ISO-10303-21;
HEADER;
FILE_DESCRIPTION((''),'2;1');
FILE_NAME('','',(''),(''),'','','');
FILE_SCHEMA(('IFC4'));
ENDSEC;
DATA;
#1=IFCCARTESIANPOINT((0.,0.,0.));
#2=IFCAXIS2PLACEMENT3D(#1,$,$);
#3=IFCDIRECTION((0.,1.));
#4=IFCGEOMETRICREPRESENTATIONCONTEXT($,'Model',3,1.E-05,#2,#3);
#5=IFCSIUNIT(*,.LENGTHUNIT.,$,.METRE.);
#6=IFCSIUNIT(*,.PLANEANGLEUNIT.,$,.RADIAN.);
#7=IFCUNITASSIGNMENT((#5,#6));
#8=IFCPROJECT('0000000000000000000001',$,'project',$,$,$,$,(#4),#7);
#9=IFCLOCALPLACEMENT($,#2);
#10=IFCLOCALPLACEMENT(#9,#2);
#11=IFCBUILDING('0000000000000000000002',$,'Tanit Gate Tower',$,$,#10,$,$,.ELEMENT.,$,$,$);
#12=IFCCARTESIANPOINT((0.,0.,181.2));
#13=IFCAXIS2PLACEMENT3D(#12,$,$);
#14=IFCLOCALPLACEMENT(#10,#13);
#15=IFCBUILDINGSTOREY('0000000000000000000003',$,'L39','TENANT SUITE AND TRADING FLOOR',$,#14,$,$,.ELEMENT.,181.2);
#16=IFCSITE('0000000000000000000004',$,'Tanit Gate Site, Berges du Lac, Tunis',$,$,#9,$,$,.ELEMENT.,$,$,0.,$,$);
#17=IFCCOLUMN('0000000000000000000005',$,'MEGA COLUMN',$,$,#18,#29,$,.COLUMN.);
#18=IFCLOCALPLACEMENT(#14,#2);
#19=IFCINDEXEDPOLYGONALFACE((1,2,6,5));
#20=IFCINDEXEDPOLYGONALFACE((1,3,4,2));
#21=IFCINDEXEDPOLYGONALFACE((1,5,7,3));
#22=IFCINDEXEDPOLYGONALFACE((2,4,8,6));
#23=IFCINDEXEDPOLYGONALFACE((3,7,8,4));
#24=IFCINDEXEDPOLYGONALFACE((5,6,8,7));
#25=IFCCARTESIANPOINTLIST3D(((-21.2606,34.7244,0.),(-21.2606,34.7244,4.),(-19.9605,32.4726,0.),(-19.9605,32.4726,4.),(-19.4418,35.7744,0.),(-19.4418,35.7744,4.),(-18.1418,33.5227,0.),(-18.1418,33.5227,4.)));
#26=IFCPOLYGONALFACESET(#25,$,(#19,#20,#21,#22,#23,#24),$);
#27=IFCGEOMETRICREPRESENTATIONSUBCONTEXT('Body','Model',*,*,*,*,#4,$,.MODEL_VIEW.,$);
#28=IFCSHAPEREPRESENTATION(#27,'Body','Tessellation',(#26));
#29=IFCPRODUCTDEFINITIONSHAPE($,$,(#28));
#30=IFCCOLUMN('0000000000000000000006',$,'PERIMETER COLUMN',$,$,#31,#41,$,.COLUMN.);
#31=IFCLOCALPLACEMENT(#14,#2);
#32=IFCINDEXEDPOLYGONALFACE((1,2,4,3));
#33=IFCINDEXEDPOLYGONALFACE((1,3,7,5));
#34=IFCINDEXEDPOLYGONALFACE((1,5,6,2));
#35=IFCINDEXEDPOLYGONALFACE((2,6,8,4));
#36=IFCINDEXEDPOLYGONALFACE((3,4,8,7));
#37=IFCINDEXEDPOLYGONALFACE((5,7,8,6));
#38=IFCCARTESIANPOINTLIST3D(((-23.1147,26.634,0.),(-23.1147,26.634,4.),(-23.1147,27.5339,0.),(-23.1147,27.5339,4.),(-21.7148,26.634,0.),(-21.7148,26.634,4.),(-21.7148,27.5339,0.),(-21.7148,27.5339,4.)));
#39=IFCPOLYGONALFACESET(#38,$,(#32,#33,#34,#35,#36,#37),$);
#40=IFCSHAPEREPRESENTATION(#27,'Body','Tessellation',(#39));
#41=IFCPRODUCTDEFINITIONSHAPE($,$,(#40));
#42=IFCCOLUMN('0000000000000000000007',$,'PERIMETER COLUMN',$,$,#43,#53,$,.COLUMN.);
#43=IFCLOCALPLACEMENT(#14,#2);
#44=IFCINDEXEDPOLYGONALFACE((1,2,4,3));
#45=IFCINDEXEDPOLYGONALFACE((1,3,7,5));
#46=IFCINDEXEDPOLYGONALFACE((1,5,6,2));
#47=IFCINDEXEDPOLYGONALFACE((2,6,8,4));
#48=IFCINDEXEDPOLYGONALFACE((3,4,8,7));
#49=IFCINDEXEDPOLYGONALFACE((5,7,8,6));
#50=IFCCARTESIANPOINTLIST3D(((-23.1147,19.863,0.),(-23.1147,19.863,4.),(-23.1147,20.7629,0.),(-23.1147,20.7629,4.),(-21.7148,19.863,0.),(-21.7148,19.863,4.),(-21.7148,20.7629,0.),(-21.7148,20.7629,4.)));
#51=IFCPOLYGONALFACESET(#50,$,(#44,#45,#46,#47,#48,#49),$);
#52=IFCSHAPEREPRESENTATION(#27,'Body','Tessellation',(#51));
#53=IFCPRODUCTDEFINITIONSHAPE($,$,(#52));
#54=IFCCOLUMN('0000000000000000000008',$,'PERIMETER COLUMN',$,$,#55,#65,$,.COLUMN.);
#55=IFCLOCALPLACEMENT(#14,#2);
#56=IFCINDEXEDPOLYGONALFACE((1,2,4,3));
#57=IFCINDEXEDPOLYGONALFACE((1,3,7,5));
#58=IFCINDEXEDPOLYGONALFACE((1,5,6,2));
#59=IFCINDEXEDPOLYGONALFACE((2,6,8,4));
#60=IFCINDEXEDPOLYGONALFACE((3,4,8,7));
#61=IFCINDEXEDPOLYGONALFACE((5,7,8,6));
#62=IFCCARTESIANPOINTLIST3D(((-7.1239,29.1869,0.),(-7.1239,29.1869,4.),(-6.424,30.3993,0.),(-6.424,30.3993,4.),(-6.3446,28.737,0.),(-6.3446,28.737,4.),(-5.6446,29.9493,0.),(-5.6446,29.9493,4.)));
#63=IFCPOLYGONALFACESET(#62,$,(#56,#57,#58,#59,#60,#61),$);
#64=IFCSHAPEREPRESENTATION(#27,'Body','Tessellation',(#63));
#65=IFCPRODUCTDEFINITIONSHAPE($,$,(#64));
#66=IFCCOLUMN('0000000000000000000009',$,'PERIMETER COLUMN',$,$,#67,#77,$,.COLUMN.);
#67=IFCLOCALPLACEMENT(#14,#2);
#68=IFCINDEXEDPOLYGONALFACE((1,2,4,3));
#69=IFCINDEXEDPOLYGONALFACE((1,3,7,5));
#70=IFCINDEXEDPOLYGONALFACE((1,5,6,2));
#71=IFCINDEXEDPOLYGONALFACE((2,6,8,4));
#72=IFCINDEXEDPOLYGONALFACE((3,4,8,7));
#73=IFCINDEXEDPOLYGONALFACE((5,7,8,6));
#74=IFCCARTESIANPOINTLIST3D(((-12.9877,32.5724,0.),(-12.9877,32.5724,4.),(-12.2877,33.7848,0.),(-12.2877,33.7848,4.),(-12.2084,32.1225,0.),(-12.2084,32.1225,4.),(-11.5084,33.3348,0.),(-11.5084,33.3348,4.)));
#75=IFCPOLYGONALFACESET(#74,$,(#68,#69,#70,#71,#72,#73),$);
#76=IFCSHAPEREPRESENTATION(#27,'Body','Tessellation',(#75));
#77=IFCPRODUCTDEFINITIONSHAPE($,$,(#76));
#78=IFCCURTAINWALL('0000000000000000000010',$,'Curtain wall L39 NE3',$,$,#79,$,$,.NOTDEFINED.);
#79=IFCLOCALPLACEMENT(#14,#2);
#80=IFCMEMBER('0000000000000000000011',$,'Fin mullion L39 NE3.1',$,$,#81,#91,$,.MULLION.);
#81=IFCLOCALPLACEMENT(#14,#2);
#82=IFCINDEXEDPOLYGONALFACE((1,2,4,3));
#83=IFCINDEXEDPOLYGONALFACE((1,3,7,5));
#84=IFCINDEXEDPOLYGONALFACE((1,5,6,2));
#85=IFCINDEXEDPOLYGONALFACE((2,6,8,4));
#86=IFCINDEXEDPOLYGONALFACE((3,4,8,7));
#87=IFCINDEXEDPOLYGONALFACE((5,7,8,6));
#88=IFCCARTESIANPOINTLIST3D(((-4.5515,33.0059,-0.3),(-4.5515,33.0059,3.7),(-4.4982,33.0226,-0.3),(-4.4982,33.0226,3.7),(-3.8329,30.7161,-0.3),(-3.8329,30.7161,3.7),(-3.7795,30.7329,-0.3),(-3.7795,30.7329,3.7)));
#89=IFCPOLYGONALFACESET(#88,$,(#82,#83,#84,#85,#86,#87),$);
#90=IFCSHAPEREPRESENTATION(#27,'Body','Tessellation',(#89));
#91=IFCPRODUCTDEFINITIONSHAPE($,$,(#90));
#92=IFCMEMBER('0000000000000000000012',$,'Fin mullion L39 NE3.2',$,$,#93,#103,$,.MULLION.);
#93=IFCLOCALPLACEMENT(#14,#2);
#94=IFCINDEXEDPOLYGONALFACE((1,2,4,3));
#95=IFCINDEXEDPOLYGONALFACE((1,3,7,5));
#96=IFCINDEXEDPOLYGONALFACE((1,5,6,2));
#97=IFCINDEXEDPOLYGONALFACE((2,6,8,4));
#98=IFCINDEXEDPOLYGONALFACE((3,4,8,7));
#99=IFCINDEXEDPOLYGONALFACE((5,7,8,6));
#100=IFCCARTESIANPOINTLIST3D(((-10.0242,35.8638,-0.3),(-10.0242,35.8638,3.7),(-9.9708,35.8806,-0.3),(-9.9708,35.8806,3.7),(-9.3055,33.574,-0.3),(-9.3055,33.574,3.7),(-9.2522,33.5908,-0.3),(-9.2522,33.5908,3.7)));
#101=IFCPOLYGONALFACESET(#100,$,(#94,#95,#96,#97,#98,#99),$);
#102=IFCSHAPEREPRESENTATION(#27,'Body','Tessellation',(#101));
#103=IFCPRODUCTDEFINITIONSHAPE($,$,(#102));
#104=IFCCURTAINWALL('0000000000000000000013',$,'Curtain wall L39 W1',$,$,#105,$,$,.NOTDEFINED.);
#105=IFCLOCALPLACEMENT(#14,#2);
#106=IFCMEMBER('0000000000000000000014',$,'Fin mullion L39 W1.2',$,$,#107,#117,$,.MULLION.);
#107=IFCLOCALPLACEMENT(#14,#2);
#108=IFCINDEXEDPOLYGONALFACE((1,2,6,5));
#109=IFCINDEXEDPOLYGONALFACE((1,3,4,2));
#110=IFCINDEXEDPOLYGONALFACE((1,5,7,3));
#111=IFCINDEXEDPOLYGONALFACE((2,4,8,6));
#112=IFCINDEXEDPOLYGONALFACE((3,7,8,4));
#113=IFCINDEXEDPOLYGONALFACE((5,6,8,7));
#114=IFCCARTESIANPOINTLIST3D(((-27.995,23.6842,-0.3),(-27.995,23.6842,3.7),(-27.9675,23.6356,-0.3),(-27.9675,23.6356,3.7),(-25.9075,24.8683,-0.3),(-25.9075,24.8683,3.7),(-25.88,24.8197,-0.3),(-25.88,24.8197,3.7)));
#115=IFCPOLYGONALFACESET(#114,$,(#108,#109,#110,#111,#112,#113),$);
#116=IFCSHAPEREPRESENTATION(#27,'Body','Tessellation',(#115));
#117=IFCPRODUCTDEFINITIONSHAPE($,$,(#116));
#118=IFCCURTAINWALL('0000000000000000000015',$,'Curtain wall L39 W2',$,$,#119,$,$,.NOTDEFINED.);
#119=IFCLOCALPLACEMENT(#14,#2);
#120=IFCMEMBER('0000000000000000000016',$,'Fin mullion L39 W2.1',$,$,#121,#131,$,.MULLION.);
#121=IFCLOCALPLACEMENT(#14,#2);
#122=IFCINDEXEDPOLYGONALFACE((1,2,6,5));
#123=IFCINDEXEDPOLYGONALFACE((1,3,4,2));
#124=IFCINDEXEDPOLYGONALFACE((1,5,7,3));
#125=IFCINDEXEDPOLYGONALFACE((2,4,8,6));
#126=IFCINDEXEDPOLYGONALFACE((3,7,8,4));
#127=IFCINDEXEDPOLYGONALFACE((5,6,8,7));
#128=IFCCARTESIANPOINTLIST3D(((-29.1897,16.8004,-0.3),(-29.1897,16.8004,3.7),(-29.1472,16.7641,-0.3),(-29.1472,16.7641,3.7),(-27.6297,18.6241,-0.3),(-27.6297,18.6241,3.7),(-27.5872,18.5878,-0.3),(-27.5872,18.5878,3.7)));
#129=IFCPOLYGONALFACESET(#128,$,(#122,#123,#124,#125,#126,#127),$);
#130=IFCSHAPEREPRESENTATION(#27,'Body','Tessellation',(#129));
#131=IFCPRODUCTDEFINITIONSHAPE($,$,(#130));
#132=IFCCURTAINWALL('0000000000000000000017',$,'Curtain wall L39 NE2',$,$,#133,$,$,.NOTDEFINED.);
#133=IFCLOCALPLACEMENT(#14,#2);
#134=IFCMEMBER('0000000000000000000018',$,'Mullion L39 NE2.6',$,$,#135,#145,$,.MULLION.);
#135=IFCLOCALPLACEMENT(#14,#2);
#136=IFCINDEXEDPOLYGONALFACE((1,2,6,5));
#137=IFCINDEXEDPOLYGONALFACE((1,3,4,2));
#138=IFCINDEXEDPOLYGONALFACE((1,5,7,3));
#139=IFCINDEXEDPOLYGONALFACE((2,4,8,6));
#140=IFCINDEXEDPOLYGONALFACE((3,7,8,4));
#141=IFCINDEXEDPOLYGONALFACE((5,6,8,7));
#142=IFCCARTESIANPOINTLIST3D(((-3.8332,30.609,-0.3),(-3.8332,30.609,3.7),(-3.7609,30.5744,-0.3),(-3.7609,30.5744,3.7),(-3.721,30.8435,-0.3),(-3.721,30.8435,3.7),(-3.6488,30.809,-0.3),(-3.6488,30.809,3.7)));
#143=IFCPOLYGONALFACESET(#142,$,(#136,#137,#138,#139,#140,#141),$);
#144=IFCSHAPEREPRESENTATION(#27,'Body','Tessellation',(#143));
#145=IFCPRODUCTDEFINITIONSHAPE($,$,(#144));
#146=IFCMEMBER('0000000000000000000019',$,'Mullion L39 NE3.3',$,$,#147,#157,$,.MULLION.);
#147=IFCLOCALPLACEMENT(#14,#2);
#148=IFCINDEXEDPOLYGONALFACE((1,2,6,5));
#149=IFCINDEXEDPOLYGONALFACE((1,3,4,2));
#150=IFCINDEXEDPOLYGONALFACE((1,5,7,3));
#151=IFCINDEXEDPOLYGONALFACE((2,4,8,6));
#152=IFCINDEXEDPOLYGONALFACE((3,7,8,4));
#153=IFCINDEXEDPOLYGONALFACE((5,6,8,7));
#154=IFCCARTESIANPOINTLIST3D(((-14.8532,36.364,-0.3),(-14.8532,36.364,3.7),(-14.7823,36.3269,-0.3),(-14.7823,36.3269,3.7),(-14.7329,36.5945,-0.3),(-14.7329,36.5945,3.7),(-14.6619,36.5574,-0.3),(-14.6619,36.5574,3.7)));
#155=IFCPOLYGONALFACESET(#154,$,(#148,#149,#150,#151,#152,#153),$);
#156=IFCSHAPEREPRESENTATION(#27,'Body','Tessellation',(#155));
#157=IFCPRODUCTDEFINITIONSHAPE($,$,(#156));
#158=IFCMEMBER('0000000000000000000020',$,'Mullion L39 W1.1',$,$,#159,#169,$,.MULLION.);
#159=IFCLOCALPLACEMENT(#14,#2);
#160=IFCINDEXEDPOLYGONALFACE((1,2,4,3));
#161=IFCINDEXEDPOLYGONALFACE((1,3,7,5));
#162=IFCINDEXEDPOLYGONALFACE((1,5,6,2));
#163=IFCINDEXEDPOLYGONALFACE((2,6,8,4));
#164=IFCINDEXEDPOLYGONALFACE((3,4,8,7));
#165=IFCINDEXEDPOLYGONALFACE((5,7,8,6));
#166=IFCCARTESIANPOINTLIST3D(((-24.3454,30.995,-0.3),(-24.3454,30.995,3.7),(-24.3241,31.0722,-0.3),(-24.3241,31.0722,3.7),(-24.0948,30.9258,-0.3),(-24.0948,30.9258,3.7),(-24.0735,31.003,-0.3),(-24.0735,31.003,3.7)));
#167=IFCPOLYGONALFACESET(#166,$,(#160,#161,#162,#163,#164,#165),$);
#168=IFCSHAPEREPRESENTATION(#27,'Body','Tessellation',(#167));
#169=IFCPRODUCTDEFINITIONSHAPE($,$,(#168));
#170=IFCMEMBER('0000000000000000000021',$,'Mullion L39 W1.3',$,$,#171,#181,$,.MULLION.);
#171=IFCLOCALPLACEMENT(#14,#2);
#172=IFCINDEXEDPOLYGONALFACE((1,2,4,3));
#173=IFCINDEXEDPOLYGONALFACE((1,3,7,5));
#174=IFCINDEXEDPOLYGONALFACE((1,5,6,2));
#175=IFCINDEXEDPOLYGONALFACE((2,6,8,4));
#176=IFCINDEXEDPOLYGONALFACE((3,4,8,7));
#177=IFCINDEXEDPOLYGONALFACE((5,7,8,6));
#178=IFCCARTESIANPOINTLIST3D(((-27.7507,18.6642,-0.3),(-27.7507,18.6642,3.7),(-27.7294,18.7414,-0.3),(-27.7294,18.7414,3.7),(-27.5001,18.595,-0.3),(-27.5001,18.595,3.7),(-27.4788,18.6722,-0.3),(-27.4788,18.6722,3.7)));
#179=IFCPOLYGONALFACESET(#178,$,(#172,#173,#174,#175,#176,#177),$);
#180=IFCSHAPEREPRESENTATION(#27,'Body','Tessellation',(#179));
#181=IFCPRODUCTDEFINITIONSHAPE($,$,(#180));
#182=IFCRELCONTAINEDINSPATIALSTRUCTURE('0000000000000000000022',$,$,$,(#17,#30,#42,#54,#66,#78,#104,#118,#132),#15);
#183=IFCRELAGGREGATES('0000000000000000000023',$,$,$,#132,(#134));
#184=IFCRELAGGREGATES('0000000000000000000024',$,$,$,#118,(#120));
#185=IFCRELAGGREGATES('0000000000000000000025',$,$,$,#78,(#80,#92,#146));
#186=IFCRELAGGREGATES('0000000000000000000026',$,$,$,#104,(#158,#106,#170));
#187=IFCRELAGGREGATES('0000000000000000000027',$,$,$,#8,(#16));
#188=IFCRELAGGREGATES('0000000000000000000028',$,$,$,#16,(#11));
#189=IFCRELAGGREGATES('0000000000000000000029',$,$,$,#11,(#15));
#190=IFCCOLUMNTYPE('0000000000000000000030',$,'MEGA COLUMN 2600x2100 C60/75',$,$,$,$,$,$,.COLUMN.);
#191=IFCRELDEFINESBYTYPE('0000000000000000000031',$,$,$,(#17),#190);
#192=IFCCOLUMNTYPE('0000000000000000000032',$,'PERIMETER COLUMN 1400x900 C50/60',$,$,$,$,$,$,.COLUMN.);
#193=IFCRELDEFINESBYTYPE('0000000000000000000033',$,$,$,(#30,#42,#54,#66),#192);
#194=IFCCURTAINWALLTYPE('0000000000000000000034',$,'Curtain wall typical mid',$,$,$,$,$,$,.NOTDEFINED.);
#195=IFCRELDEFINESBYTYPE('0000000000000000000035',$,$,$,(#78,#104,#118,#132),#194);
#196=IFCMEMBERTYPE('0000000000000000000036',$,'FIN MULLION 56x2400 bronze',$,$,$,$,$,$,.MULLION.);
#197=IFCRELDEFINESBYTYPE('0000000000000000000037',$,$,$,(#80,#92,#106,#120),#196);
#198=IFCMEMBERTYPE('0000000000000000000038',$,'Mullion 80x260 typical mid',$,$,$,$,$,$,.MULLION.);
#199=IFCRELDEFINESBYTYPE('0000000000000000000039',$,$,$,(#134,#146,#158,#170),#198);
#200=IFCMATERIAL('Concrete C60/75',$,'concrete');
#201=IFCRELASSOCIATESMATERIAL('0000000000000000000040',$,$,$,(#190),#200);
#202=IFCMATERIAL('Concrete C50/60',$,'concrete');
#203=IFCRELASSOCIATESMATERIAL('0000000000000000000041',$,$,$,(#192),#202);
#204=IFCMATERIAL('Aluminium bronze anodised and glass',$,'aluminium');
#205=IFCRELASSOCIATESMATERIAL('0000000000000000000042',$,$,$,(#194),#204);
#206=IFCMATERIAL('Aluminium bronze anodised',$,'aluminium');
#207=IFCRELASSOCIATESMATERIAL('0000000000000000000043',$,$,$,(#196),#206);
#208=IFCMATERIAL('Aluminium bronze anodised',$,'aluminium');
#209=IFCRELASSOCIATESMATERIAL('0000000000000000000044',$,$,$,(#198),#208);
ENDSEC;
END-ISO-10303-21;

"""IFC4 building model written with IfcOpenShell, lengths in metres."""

from ifc_helpers import new_model, si_unit, direction, frame, origin, origin_2d, place, context, subcontext, project, spatial, rectangle, extrude, material, material_profile, profile_set, type_object, element, aggregate, save


model = new_model("IFC4")

# Units and contexts
model_context = context("Model", 3, precision=1e-05, world=origin(), true_north=direction((0.0, 1.0)))
body_context = subcontext(model_context, "Body", "Model", "MODEL_VIEW")
ifc_project = project(units=[si_unit("LENGTHUNIT", "METRE"), si_unit("PLANEANGLEUNIT", "RADIAN")], contexts=[model_context])

# Site, building, storey
site_placement = place(None, origin())
site = spatial("IfcSite", under=ifc_project, at=site_placement, Name="Tanit Gate Site, Berges du Lac, Tunis", CompositionType="ELEMENT", RefElevation=0.0)
building_placement = place(site_placement, origin())
building = spatial("IfcBuilding", under=site, at=building_placement, Name="Tanit Gate Tower", CompositionType="ELEMENT")
storey_placement = place(building_placement, frame((0.0, 0.0, 181.2)))
storey = spatial("IfcBuildingStorey", under=building, at=storey_placement, Name="L39", Description="TENANT SUITE AND TRADING FLOOR", CompositionType="ELEMENT", Elevation=181.2)

# Columns
ifc_material_1 = material(Name="Concrete C60/75", Category="concrete")
ifc_material_profile_1 = material_profile(ifc_material_1, rectangle(XDim=2.6001, YDim=2.1001, at=origin_2d()), Name="RC 2600x2100")
ifc_profile_set_1 = profile_set([ifc_material_profile_1], Name="Concrete C60/75")
column_type_1 = type_object("IfcColumnType", Name="MEGA COLUMN 2600x2100 C60/75", PredefinedType="COLUMN", material=ifc_profile_set_1)
column_placement = place(storey_placement, frame((-19.7012, 34.1235, 0.0), z_axis=(0.0, 0.0, 1.0), x_axis=(-0.5, 0.866025, 0.0)))
element("IfcColumn", 1, at=column_placement, inside=storey, type_object=column_type_1, Name="MEGA COLUMN", PredefinedType="COLUMN", context=body_context, shape_type="SweptSolid", body=[
    extrude(rectangle(XDim=2.6001, YDim=2.1001, at=origin_2d()), origin(), (0.0, 0.0, 1.0), 4.0),
])
ifc_material_2 = material(Name="Concrete C50/60", Category="concrete")
ifc_material_profile_2 = material_profile(ifc_material_2, rectangle(XDim=1.3999, YDim=0.8999, at=origin_2d()), Name="RC 1400x900")
ifc_profile_set_2 = profile_set([ifc_material_profile_2], Name="Concrete C50/60")
column_type_2 = type_object("IfcColumnType", Name="PERIMETER COLUMN 1400x900 C50/60", PredefinedType="COLUMN", material=ifc_profile_set_2)
for number, where, z_axis, x_axis, name in (
    (2, (-22.4148, 27.084, 0.0), (0.0, 0.0, 1.0), (-1.0, 0.0, 0.0), "PERIMETER COLUMN"),
    (3, (-22.4148, 20.313, 0.0), (0.0, 0.0, 1.0), (-1.0, 0.0, 0.0), "PERIMETER COLUMN"),
    (4, (-6.3843, 29.5681, 0.0), (0.0, 0.0, 1.0), (0.5, 0.866025, 0.0), "PERIMETER COLUMN"),
    (5, (-12.248, 32.9536, 0.0), (0.0, 0.0, 1.0), (0.5, 0.866025, 0.0), "PERIMETER COLUMN"),
):
    element("IfcColumn", number, at=place(storey_placement, frame(where, z_axis=z_axis, x_axis=x_axis)), inside=storey, type_object=column_type_2, Name=name, PredefinedType="COLUMN", context=body_context, shape_type="SweptSolid", body=[
        extrude(rectangle(XDim=1.3999, YDim=0.8999, at=origin_2d()), origin(), (0.0, 0.0, 1.0), 4.0),
    ])

# Curtain wall, members
ifc_material_3 = material(Name="Aluminium bronze anodised and glass", Category="aluminium")
curtain_wall_type = type_object("IfcCurtainWallType", Name="Curtain wall typical mid", PredefinedType="NOTDEFINED", material=ifc_material_3)
curtain_wall_1_placement = place(storey_placement, origin())
curtain_wall_1 = element("IfcCurtainWall", 6, at=curtain_wall_1_placement, inside=storey, type_object=curtain_wall_type, Name="Curtain wall L39 NE3", PredefinedType="NOTDEFINED")
ifc_material_4 = material(Name="Aluminium bronze anodised", Category="aluminium")
ifc_material_profile_3 = material_profile(ifc_material_4, rectangle(XDim=2.3999, YDim=0.0559, at=origin_2d()), Name="56x2400 bronze fin mullion")
ifc_profile_set_3 = profile_set([ifc_material_profile_3], Name="Aluminium bronze anodised")
member_type_1 = type_object("IfcMemberType", Name="FIN MULLION 56x2400 bronze", PredefinedType="MULLION", material=ifc_profile_set_3)
member_1_placement = place(storey_placement, frame((-4.1655, 31.8694, -0.3), z_axis=(0.0, 0.0, 1.0), x_axis=(0.299452, -0.954111, 0.0)))
member_1 = element("IfcMember", 7, at=member_1_placement, type_object=member_type_1, Name="Fin mullion L39 NE3.1", PredefinedType="MULLION", context=body_context, shape_type="SweptSolid", body=[
    extrude(rectangle(XDim=2.3999, YDim=0.0559, at=origin_2d()), origin(), (0.0, 0.0, 1.0), 4.0),
])
member_2_placement = place(storey_placement, frame((-9.6382, 34.7273, -0.3), z_axis=(0.0, 0.0, 1.0), x_axis=(0.299452, -0.954111, 0.0)))
member_2 = element("IfcMember", 8, at=member_2_placement, type_object=member_type_1, Name="Fin mullion L39 NE3.2", PredefinedType="MULLION", context=body_context, shape_type="SweptSolid", body=[
    extrude(rectangle(XDim=2.3999, YDim=0.0559, at=origin_2d()), origin(), (0.0, 0.0, 1.0), 4.0),
])

# Curtain walls, members
curtain_wall_2_placement = place(storey_placement, origin())
curtain_wall_2 = element("IfcCurtainWall", 9, at=curtain_wall_2_placement, inside=storey, type_object=curtain_wall_type, Name="Curtain wall L39 W1", PredefinedType="NOTDEFINED")
member_3_placement = place(storey_placement, frame((-26.9375, 24.252, -0.3), z_axis=(0.0, 0.0, 1.0), x_axis=(0.86982, 0.493369, 0.0)))
member_3 = element("IfcMember", 10, at=member_3_placement, type_object=member_type_1, Name="Fin mullion L39 W1.2", PredefinedType="MULLION", context=body_context, shape_type="SweptSolid", body=[
    extrude(rectangle(XDim=2.3999, YDim=0.0559, at=origin_2d()), origin(), (0.0, 0.0, 1.0), 4.0),
])
curtain_wall_3_placement = place(storey_placement, origin())
curtain_wall_3 = element("IfcCurtainWall", 11, at=curtain_wall_3_placement, inside=storey, type_object=curtain_wall_type, Name="Curtain wall L39 W2", PredefinedType="NOTDEFINED")
member_4_placement = place(storey_placement, frame((-28.3884, 17.6941, -0.3), z_axis=(0.0, 0.0, 1.0), x_axis=(0.650026, 0.759912, 0.0)))
member_4 = element("IfcMember", 12, at=member_4_placement, type_object=member_type_1, Name="Fin mullion L39 W2.1", PredefinedType="MULLION", context=body_context, shape_type="SweptSolid", body=[
    extrude(rectangle(XDim=2.3999, YDim=0.0559, at=origin_2d()), origin(), (0.0, 0.0, 1.0), 4.0),
])
curtain_wall_4_placement = place(storey_placement, origin())
curtain_wall_4 = element("IfcCurtainWall", 13, at=curtain_wall_4_placement, inside=storey, type_object=curtain_wall_type, Name="Curtain wall L39 NE2", PredefinedType="NOTDEFINED")
ifc_material_5 = material(Name="Aluminium bronze anodised", Category="aluminium")
ifc_material_profile_4 = material_profile(ifc_material_5, rectangle(XDim=0.26, YDim=0.0801, at=origin_2d()), Name="80x260 bronze mullion")
ifc_profile_set_4 = profile_set([ifc_material_profile_4], Name="Aluminium bronze anodised")
member_type_2 = type_object("IfcMemberType", Name="Mullion 80x260 typical mid", PredefinedType="MULLION", material=ifc_profile_set_4)
member_5_placement = place(storey_placement, frame((-3.741, 30.709, -0.3), z_axis=(0.0, 0.0, 1.0), x_axis=(-0.431197, -0.902258, 0.0)))
member_5 = element("IfcMember", 14, at=member_5_placement, type_object=member_type_2, Name="Mullion L39 NE2.6", PredefinedType="MULLION", context=body_context, shape_type="SweptSolid", body=[
    extrude(rectangle(XDim=0.26, YDim=0.0801, at=origin_2d()), origin(), (0.0, 0.0, 1.0), 4.0),
])
aggregate(curtain_wall_4, [member_5])

# Members
member_6_placement = place(storey_placement, frame((-14.7576, 36.4607, -0.3), z_axis=(0.0, 0.0, 1.0), x_axis=(-0.462914, -0.886403, 0.0)))
member_6 = element("IfcMember", 15, at=member_6_placement, type_object=member_type_2, Name="Mullion L39 NE3.3", PredefinedType="MULLION", context=body_context, shape_type="SweptSolid", body=[
    extrude(rectangle(XDim=0.26, YDim=0.0801, at=origin_2d()), origin(), (0.0, 0.0, 1.0), 4.0),
])
member_7_placement = place(storey_placement, frame((-24.2095, 30.999, -0.3), z_axis=(0.0, 0.0, 1.0), x_axis=(0.96392, -0.266191, 0.0)))
member_7 = element("IfcMember", 16, at=member_7_placement, type_object=member_type_2, Name="Mullion L39 W1.1", PredefinedType="MULLION", context=body_context, shape_type="SweptSolid", body=[
    extrude(rectangle(XDim=0.26, YDim=0.0801, at=origin_2d()), origin(), (0.0, 0.0, 1.0), 4.0),
])
member_8_placement = place(storey_placement, frame((-27.6147, 18.6682, -0.3), z_axis=(0.0, 0.0, 1.0), x_axis=(0.96392, -0.266191, 0.0)))
member_8 = element("IfcMember", 17, at=member_8_placement, type_object=member_type_2, Name="Mullion L39 W1.3", PredefinedType="MULLION", context=body_context, shape_type="SweptSolid", body=[
    extrude(rectangle(XDim=0.26, YDim=0.0801, at=origin_2d()), origin(), (0.0, 0.0, 1.0), 4.0),
])

aggregate(curtain_wall_3, [member_4])

aggregate(curtain_wall_1, [member_1, member_2, member_6])
aggregate(curtain_wall_2, [member_7, member_3, member_8])

save(model, "model.ifc")
